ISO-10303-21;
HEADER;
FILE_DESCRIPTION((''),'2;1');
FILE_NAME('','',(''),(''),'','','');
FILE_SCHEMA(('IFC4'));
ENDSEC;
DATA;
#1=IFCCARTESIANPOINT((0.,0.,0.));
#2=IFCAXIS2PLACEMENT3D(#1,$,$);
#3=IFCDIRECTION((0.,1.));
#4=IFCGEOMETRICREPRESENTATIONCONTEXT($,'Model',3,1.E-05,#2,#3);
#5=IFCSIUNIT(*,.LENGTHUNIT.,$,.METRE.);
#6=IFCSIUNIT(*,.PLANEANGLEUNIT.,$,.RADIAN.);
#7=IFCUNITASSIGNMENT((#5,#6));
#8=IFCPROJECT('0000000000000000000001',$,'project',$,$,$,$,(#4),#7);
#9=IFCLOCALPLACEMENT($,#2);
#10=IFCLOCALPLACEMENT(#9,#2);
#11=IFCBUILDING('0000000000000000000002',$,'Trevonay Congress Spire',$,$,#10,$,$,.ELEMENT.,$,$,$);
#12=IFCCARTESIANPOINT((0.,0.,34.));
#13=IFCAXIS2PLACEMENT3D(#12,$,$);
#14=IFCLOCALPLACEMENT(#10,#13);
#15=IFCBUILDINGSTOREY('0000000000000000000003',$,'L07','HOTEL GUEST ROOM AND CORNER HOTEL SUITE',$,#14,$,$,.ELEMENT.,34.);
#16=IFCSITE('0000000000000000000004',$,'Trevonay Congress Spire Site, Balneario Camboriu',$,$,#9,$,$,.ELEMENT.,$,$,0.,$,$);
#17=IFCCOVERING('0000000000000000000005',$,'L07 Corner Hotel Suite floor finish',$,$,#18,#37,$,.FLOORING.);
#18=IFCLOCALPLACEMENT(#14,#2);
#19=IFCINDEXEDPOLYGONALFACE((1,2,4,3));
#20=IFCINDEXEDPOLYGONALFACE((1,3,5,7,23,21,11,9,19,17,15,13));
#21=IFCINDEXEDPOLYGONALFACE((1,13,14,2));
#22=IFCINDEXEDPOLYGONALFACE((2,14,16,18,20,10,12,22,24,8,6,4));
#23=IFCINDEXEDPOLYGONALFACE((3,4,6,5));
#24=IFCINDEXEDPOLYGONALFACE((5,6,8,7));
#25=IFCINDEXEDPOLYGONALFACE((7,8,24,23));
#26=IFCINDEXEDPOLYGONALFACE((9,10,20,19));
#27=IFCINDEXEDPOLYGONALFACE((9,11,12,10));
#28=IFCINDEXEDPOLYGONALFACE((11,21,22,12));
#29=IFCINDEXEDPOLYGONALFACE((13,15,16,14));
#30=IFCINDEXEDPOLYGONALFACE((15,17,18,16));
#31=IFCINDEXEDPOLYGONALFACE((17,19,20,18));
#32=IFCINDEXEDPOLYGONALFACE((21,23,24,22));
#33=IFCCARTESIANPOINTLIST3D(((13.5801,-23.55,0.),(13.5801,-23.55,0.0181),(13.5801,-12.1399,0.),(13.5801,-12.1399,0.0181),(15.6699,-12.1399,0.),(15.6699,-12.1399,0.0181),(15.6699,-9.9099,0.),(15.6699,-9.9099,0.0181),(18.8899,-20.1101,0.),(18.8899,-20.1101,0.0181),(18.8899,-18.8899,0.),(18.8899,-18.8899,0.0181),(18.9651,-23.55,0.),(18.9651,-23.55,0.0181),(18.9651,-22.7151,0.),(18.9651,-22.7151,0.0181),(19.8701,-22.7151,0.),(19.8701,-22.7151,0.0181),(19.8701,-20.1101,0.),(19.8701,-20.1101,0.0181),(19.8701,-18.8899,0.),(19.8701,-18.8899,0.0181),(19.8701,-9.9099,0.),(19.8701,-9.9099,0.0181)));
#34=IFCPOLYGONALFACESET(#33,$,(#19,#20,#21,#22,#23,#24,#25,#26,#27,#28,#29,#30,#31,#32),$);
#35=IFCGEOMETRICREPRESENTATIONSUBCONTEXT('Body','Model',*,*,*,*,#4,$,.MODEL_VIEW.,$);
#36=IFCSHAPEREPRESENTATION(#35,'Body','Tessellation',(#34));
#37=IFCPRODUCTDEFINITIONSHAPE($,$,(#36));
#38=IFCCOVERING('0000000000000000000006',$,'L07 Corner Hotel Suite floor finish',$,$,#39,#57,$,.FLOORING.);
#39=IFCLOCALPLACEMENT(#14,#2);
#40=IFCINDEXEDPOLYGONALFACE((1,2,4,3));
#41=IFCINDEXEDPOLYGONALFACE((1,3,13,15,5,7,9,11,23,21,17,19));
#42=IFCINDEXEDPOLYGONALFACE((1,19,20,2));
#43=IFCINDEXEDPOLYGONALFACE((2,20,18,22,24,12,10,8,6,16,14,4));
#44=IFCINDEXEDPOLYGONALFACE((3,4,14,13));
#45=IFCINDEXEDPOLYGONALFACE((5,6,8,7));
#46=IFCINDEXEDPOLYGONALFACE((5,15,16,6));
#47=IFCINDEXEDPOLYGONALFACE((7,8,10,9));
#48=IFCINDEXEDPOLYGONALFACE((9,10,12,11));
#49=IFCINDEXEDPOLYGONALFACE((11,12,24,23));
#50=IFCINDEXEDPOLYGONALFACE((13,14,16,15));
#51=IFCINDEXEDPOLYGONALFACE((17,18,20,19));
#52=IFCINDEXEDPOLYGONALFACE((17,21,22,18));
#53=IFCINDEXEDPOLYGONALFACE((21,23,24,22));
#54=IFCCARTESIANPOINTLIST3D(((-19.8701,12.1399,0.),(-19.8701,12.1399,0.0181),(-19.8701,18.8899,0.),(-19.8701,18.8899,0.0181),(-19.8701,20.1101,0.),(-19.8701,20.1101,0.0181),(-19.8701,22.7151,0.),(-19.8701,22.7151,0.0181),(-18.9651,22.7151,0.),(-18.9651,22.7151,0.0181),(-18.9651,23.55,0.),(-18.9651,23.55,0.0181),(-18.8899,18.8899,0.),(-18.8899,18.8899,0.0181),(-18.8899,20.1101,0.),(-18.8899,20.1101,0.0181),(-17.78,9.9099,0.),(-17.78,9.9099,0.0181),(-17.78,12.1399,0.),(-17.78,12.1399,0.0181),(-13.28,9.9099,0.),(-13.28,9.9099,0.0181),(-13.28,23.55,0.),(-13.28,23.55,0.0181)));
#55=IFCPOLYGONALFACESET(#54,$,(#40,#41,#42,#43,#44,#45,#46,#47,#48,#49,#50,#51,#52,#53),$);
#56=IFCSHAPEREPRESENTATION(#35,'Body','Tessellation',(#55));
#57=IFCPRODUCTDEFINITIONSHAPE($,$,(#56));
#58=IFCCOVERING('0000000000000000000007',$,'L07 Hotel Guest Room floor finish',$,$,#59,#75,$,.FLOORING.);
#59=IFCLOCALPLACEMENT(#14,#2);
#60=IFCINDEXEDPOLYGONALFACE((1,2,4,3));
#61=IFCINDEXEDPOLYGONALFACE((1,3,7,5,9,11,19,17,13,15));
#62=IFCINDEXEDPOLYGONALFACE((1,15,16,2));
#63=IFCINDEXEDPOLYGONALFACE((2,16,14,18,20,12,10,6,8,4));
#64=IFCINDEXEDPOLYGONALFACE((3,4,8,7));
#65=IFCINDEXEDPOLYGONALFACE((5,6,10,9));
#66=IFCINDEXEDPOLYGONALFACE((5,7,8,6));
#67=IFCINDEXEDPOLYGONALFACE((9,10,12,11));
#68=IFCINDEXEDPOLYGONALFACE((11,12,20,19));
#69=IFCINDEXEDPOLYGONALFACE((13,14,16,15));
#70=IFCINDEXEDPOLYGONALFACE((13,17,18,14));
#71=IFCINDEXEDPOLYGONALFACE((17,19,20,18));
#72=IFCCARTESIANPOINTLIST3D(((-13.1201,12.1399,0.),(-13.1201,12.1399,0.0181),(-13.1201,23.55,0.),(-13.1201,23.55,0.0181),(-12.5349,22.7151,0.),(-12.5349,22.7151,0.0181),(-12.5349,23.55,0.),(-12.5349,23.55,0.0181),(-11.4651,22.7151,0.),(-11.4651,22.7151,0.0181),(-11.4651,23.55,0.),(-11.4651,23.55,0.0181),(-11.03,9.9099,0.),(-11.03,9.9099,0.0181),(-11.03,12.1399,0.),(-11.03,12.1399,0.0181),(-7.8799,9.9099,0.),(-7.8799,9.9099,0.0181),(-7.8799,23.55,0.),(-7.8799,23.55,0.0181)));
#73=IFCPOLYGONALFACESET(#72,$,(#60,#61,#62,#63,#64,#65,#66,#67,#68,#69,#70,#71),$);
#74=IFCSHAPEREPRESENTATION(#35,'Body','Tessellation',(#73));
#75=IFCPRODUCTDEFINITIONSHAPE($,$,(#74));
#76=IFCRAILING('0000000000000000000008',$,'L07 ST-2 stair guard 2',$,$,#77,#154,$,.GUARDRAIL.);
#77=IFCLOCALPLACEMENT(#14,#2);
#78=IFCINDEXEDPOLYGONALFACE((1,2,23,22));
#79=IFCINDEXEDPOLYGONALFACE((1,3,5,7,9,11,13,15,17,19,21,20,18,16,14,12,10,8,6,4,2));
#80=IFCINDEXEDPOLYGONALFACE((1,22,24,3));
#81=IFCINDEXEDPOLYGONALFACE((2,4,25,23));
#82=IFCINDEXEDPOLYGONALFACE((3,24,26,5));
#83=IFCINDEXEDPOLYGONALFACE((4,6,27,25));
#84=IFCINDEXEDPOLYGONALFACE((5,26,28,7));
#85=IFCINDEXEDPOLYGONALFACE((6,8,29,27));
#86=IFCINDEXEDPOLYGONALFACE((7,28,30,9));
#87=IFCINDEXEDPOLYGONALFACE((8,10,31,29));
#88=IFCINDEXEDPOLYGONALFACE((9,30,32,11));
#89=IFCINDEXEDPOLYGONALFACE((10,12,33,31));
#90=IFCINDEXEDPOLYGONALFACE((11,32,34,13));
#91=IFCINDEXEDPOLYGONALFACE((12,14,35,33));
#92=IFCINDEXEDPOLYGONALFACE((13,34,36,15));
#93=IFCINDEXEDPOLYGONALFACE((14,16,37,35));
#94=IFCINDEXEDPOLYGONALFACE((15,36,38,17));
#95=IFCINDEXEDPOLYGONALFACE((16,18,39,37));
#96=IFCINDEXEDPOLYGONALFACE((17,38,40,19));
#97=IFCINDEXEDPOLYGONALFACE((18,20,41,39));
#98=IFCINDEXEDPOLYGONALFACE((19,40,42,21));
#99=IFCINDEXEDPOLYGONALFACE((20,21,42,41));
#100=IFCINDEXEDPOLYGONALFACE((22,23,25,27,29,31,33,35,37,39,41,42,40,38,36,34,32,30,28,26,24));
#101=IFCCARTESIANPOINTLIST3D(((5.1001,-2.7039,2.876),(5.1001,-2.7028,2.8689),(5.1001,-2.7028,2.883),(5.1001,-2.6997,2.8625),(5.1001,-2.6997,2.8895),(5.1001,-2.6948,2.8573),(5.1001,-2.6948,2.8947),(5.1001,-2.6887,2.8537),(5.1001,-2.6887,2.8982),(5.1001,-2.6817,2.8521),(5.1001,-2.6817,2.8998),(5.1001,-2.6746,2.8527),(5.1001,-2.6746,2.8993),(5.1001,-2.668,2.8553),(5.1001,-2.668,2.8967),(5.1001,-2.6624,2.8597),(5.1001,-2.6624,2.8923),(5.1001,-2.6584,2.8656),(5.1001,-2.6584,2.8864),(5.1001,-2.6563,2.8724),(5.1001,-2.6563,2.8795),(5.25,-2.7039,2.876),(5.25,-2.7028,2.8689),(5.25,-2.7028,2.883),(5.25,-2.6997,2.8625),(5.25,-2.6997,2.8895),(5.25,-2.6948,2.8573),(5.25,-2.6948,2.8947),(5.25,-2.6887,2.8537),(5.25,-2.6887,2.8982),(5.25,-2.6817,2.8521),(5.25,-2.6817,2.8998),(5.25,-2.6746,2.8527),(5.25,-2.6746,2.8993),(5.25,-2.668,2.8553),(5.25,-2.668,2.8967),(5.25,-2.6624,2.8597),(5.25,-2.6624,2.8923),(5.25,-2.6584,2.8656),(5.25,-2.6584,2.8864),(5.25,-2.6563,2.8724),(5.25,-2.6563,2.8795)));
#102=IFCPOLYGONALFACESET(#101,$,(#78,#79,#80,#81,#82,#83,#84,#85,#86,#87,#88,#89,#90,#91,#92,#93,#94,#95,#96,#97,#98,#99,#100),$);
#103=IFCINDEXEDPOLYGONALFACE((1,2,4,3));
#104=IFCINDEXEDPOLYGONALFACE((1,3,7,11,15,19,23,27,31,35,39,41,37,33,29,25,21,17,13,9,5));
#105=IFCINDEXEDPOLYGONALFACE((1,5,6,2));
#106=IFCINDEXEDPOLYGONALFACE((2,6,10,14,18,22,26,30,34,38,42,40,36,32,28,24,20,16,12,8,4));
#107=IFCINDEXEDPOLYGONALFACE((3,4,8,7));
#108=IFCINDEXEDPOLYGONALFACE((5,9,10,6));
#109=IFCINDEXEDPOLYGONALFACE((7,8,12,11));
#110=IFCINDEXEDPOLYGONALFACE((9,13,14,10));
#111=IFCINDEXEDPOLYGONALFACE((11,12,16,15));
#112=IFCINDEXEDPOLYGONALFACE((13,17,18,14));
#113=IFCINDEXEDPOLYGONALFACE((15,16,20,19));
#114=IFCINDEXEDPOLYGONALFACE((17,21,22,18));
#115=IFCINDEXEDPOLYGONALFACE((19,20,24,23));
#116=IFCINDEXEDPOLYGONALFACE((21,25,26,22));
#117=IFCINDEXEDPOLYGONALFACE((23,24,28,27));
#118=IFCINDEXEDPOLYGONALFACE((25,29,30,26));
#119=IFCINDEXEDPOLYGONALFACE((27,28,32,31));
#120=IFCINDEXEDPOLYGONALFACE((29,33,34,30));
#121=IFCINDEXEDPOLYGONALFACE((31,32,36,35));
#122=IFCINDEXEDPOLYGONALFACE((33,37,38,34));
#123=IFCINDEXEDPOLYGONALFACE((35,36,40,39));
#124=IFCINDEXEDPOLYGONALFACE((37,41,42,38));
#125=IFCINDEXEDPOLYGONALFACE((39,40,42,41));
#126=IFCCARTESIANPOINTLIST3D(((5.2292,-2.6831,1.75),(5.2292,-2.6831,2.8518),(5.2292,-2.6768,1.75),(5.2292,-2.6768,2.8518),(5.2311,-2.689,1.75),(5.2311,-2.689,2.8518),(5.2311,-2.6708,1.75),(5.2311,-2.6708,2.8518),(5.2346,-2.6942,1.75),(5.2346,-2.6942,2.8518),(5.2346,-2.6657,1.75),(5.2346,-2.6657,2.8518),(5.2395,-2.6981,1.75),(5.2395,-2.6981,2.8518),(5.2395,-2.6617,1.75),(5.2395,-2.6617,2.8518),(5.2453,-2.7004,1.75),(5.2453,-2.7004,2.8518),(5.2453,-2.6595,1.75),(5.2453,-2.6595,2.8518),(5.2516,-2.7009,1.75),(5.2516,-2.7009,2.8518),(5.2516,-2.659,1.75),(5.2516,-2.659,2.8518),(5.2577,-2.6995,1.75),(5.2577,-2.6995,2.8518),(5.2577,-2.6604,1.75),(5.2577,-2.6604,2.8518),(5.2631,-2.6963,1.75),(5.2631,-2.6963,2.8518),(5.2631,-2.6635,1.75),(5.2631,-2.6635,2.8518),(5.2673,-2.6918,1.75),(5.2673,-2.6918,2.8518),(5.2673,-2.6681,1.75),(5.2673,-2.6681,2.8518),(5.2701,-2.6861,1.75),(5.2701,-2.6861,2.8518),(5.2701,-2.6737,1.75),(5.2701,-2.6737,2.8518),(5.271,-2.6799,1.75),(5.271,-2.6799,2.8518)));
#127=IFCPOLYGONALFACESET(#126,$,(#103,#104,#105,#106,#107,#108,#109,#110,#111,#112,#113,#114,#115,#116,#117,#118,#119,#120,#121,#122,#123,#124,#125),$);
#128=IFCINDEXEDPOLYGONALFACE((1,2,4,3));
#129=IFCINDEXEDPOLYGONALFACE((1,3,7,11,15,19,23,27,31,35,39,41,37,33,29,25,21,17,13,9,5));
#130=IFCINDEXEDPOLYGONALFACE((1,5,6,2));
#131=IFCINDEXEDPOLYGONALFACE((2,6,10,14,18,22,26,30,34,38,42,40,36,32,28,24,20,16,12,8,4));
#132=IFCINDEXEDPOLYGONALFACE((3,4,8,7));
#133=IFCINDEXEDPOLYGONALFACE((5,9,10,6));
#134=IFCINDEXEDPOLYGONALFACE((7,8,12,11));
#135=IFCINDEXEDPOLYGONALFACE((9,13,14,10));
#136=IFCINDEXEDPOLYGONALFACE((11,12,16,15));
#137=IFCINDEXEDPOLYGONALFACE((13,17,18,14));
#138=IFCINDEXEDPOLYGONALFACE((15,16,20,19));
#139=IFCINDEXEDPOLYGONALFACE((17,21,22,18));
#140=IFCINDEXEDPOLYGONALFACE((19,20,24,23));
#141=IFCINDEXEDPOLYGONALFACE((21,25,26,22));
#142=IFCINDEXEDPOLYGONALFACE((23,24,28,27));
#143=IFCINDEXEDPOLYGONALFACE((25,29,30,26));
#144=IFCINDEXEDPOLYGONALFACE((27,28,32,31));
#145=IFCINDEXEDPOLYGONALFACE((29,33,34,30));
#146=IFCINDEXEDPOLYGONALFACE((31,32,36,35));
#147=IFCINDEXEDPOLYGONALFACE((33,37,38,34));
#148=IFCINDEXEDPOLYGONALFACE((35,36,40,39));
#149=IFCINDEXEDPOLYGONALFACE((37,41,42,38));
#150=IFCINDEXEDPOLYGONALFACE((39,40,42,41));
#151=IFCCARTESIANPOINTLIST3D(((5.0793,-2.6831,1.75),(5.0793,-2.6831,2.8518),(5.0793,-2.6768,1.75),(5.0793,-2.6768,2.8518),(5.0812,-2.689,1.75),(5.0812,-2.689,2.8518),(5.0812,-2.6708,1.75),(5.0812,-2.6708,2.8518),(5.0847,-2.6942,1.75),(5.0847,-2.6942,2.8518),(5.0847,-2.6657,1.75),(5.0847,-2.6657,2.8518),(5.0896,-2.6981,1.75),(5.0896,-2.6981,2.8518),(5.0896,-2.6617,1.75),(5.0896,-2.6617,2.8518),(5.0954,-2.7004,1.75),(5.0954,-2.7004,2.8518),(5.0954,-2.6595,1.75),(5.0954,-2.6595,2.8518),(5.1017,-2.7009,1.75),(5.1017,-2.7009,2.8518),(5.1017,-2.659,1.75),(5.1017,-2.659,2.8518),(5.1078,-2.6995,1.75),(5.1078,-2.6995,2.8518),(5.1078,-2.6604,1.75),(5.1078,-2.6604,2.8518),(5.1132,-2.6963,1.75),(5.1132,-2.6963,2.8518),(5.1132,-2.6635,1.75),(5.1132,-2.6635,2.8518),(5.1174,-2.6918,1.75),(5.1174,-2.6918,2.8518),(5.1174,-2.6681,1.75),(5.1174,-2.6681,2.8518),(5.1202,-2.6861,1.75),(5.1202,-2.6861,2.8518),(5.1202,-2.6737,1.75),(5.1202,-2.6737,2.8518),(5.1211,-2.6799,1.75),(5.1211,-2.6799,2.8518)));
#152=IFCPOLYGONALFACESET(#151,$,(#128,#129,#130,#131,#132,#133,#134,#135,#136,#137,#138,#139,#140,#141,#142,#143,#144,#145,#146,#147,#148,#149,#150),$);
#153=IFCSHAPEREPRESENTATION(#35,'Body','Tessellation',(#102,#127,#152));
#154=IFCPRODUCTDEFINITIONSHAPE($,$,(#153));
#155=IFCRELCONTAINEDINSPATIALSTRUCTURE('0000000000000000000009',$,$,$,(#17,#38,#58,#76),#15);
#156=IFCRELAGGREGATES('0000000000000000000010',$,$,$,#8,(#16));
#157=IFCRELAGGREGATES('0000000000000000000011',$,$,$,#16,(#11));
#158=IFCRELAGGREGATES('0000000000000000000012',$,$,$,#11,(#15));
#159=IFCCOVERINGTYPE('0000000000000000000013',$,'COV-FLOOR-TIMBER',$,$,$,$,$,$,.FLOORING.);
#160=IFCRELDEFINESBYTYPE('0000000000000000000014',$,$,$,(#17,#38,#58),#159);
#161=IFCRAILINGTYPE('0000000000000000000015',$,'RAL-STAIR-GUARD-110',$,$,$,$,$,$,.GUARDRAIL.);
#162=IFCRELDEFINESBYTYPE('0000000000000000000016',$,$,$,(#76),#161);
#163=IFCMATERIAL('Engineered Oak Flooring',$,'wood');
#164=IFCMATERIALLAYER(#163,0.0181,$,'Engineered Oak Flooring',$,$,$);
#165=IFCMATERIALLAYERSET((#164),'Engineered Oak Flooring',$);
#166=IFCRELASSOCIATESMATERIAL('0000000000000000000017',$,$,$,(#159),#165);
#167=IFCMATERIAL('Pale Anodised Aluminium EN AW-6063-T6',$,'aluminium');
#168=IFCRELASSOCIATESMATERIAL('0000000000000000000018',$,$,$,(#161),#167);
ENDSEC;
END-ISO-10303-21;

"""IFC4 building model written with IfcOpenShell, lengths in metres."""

from ifc_helpers import new_model, si_unit, direction, frame, origin, origin_2d, place, context, subcontext, project, spatial, polyline, circle, outline, extrude, material, layer, layer_set, type_object, element, save


model = new_model("IFC4")

# Units and contexts
model_context = context("Model", 3, precision=1e-05, world=origin(), true_north=direction((0.0, 1.0)))
body_context = subcontext(model_context, "Body", "Model", "MODEL_VIEW")
ifc_project = project(units=[si_unit("LENGTHUNIT", "METRE"), si_unit("PLANEANGLEUNIT", "RADIAN")], contexts=[model_context])

# Site, building, storey
site_placement = place(None, origin())
site = spatial("IfcSite", under=ifc_project, at=site_placement, Name="Trevonay Congress Spire Site, Balneario Camboriu", CompositionType="ELEMENT", RefElevation=0.0)
building_placement = place(site_placement, origin())
building = spatial("IfcBuilding", under=site, at=building_placement, Name="Trevonay Congress Spire", CompositionType="ELEMENT")
storey_placement = place(building_placement, frame((0.0, 0.0, 34.0)))
storey = spatial("IfcBuildingStorey", under=building, at=storey_placement, Name="L07", Description="HOTEL GUEST ROOM AND CORNER HOTEL SUITE", CompositionType="ELEMENT", Elevation=34.0)

# Coverings
ifc_material_1 = material(Name="Engineered Oak Flooring", Category="wood")
ifc_layer_1 = layer(ifc_material_1, 0.0181, Name="Engineered Oak Flooring")
ifc_layer_set_1 = layer_set([ifc_layer_1], Name="Engineered Oak Flooring")
covering_type_1 = type_object("IfcCoveringType", Name="COV-FLOOR-TIMBER", PredefinedType="FLOORING", material=ifc_layer_set_1)
covering_1_placement = place(storey_placement, origin())
element("IfcCovering", 1, at=covering_1_placement, inside=storey, type_object=covering_type_1, Name="L07 Corner Hotel Suite floor finish", PredefinedType="FLOORING", context=body_context, shape_type="SweptSolid", body=[
    extrude(outline(polyline([(13.5801, -23.55), (13.5801, -12.1399), (15.6699, -12.1399), (15.6699, -9.9099), (19.8701, -9.9099), (19.8701, -18.8899), (18.8899, -18.8899), (18.8899, -20.1101), (19.8701, -20.1101), (19.8701, -22.7151), (18.9651, -22.7151), (18.9651, -23.55), (13.5801, -23.55)])), origin(), (0.0, 0.0, 1.0), 0.0181),
])
covering_2_placement = place(storey_placement, origin())
element("IfcCovering", 2, at=covering_2_placement, inside=storey, type_object=covering_type_1, Name="L07 Corner Hotel Suite floor finish", PredefinedType="FLOORING", context=body_context, shape_type="SweptSolid", body=[
    extrude(outline(polyline([(-13.28, 23.55), (-13.28, 9.9099), (-17.78, 9.9099), (-17.78, 12.1399), (-19.8701, 12.1399), (-19.8701, 18.8899), (-18.8899, 18.8899), (-18.8899, 20.1101), (-19.8701, 20.1101), (-19.8701, 22.7151), (-18.9651, 22.7151), (-18.9651, 23.55), (-13.28, 23.55)])), origin(), (0.0, 0.0, 1.0), 0.0181),
])
covering_3_placement = place(storey_placement, origin())
element("IfcCovering", 3, at=covering_3_placement, inside=storey, type_object=covering_type_1, Name="L07 Hotel Guest Room floor finish", PredefinedType="FLOORING", context=body_context, shape_type="SweptSolid", body=[
    extrude(outline(polyline([(-7.8799, 23.55), (-7.8799, 9.9099), (-11.03, 9.9099), (-11.03, 12.1399), (-13.1201, 12.1399), (-13.1201, 23.55), (-12.5349, 23.55), (-12.5349, 22.7151), (-11.4651, 22.7151), (-11.4651, 23.55), (-7.8799, 23.55)])), origin(), (0.0, 0.0, 1.0), 0.0181),
])

# Railing
ifc_material_2 = material(Name="Pale Anodised Aluminium EN AW-6063-T6", Category="aluminium")
railing_type = type_object("IfcRailingType", Name="RAL-STAIR-GUARD-110", PredefinedType="GUARDRAIL", material=ifc_material_2)
railing_placement = place(storey_placement, frame((5.25, -2.6799, 1.75)))
element("IfcRailing", 4, at=railing_placement, inside=storey, type_object=railing_type, Name="L07 ST-2 stair guard 2", PredefinedType="GUARDRAIL", context=body_context, shape_type="SweptSolid", body=[
    extrude(circle(Radius=0.0239, at=origin_2d()), frame((0.0, 0.0, 1.126), z_axis=(-1.0, 0.0, 0.0), x_axis=(0.0, -1.0, 0.0)), (0.0, 0.0, 1.0), 0.1499),
    extrude(circle(Radius=0.021, at=origin_2d()), origin(), (0.0, 0.0, 1.0), 1.1018),
    extrude(circle(Radius=0.021, at=origin_2d()), frame((-0.1499, 0.0, 0.0)), (0.0, 0.0, 1.0), 1.1018),
])

save(model, "model.ifc")
